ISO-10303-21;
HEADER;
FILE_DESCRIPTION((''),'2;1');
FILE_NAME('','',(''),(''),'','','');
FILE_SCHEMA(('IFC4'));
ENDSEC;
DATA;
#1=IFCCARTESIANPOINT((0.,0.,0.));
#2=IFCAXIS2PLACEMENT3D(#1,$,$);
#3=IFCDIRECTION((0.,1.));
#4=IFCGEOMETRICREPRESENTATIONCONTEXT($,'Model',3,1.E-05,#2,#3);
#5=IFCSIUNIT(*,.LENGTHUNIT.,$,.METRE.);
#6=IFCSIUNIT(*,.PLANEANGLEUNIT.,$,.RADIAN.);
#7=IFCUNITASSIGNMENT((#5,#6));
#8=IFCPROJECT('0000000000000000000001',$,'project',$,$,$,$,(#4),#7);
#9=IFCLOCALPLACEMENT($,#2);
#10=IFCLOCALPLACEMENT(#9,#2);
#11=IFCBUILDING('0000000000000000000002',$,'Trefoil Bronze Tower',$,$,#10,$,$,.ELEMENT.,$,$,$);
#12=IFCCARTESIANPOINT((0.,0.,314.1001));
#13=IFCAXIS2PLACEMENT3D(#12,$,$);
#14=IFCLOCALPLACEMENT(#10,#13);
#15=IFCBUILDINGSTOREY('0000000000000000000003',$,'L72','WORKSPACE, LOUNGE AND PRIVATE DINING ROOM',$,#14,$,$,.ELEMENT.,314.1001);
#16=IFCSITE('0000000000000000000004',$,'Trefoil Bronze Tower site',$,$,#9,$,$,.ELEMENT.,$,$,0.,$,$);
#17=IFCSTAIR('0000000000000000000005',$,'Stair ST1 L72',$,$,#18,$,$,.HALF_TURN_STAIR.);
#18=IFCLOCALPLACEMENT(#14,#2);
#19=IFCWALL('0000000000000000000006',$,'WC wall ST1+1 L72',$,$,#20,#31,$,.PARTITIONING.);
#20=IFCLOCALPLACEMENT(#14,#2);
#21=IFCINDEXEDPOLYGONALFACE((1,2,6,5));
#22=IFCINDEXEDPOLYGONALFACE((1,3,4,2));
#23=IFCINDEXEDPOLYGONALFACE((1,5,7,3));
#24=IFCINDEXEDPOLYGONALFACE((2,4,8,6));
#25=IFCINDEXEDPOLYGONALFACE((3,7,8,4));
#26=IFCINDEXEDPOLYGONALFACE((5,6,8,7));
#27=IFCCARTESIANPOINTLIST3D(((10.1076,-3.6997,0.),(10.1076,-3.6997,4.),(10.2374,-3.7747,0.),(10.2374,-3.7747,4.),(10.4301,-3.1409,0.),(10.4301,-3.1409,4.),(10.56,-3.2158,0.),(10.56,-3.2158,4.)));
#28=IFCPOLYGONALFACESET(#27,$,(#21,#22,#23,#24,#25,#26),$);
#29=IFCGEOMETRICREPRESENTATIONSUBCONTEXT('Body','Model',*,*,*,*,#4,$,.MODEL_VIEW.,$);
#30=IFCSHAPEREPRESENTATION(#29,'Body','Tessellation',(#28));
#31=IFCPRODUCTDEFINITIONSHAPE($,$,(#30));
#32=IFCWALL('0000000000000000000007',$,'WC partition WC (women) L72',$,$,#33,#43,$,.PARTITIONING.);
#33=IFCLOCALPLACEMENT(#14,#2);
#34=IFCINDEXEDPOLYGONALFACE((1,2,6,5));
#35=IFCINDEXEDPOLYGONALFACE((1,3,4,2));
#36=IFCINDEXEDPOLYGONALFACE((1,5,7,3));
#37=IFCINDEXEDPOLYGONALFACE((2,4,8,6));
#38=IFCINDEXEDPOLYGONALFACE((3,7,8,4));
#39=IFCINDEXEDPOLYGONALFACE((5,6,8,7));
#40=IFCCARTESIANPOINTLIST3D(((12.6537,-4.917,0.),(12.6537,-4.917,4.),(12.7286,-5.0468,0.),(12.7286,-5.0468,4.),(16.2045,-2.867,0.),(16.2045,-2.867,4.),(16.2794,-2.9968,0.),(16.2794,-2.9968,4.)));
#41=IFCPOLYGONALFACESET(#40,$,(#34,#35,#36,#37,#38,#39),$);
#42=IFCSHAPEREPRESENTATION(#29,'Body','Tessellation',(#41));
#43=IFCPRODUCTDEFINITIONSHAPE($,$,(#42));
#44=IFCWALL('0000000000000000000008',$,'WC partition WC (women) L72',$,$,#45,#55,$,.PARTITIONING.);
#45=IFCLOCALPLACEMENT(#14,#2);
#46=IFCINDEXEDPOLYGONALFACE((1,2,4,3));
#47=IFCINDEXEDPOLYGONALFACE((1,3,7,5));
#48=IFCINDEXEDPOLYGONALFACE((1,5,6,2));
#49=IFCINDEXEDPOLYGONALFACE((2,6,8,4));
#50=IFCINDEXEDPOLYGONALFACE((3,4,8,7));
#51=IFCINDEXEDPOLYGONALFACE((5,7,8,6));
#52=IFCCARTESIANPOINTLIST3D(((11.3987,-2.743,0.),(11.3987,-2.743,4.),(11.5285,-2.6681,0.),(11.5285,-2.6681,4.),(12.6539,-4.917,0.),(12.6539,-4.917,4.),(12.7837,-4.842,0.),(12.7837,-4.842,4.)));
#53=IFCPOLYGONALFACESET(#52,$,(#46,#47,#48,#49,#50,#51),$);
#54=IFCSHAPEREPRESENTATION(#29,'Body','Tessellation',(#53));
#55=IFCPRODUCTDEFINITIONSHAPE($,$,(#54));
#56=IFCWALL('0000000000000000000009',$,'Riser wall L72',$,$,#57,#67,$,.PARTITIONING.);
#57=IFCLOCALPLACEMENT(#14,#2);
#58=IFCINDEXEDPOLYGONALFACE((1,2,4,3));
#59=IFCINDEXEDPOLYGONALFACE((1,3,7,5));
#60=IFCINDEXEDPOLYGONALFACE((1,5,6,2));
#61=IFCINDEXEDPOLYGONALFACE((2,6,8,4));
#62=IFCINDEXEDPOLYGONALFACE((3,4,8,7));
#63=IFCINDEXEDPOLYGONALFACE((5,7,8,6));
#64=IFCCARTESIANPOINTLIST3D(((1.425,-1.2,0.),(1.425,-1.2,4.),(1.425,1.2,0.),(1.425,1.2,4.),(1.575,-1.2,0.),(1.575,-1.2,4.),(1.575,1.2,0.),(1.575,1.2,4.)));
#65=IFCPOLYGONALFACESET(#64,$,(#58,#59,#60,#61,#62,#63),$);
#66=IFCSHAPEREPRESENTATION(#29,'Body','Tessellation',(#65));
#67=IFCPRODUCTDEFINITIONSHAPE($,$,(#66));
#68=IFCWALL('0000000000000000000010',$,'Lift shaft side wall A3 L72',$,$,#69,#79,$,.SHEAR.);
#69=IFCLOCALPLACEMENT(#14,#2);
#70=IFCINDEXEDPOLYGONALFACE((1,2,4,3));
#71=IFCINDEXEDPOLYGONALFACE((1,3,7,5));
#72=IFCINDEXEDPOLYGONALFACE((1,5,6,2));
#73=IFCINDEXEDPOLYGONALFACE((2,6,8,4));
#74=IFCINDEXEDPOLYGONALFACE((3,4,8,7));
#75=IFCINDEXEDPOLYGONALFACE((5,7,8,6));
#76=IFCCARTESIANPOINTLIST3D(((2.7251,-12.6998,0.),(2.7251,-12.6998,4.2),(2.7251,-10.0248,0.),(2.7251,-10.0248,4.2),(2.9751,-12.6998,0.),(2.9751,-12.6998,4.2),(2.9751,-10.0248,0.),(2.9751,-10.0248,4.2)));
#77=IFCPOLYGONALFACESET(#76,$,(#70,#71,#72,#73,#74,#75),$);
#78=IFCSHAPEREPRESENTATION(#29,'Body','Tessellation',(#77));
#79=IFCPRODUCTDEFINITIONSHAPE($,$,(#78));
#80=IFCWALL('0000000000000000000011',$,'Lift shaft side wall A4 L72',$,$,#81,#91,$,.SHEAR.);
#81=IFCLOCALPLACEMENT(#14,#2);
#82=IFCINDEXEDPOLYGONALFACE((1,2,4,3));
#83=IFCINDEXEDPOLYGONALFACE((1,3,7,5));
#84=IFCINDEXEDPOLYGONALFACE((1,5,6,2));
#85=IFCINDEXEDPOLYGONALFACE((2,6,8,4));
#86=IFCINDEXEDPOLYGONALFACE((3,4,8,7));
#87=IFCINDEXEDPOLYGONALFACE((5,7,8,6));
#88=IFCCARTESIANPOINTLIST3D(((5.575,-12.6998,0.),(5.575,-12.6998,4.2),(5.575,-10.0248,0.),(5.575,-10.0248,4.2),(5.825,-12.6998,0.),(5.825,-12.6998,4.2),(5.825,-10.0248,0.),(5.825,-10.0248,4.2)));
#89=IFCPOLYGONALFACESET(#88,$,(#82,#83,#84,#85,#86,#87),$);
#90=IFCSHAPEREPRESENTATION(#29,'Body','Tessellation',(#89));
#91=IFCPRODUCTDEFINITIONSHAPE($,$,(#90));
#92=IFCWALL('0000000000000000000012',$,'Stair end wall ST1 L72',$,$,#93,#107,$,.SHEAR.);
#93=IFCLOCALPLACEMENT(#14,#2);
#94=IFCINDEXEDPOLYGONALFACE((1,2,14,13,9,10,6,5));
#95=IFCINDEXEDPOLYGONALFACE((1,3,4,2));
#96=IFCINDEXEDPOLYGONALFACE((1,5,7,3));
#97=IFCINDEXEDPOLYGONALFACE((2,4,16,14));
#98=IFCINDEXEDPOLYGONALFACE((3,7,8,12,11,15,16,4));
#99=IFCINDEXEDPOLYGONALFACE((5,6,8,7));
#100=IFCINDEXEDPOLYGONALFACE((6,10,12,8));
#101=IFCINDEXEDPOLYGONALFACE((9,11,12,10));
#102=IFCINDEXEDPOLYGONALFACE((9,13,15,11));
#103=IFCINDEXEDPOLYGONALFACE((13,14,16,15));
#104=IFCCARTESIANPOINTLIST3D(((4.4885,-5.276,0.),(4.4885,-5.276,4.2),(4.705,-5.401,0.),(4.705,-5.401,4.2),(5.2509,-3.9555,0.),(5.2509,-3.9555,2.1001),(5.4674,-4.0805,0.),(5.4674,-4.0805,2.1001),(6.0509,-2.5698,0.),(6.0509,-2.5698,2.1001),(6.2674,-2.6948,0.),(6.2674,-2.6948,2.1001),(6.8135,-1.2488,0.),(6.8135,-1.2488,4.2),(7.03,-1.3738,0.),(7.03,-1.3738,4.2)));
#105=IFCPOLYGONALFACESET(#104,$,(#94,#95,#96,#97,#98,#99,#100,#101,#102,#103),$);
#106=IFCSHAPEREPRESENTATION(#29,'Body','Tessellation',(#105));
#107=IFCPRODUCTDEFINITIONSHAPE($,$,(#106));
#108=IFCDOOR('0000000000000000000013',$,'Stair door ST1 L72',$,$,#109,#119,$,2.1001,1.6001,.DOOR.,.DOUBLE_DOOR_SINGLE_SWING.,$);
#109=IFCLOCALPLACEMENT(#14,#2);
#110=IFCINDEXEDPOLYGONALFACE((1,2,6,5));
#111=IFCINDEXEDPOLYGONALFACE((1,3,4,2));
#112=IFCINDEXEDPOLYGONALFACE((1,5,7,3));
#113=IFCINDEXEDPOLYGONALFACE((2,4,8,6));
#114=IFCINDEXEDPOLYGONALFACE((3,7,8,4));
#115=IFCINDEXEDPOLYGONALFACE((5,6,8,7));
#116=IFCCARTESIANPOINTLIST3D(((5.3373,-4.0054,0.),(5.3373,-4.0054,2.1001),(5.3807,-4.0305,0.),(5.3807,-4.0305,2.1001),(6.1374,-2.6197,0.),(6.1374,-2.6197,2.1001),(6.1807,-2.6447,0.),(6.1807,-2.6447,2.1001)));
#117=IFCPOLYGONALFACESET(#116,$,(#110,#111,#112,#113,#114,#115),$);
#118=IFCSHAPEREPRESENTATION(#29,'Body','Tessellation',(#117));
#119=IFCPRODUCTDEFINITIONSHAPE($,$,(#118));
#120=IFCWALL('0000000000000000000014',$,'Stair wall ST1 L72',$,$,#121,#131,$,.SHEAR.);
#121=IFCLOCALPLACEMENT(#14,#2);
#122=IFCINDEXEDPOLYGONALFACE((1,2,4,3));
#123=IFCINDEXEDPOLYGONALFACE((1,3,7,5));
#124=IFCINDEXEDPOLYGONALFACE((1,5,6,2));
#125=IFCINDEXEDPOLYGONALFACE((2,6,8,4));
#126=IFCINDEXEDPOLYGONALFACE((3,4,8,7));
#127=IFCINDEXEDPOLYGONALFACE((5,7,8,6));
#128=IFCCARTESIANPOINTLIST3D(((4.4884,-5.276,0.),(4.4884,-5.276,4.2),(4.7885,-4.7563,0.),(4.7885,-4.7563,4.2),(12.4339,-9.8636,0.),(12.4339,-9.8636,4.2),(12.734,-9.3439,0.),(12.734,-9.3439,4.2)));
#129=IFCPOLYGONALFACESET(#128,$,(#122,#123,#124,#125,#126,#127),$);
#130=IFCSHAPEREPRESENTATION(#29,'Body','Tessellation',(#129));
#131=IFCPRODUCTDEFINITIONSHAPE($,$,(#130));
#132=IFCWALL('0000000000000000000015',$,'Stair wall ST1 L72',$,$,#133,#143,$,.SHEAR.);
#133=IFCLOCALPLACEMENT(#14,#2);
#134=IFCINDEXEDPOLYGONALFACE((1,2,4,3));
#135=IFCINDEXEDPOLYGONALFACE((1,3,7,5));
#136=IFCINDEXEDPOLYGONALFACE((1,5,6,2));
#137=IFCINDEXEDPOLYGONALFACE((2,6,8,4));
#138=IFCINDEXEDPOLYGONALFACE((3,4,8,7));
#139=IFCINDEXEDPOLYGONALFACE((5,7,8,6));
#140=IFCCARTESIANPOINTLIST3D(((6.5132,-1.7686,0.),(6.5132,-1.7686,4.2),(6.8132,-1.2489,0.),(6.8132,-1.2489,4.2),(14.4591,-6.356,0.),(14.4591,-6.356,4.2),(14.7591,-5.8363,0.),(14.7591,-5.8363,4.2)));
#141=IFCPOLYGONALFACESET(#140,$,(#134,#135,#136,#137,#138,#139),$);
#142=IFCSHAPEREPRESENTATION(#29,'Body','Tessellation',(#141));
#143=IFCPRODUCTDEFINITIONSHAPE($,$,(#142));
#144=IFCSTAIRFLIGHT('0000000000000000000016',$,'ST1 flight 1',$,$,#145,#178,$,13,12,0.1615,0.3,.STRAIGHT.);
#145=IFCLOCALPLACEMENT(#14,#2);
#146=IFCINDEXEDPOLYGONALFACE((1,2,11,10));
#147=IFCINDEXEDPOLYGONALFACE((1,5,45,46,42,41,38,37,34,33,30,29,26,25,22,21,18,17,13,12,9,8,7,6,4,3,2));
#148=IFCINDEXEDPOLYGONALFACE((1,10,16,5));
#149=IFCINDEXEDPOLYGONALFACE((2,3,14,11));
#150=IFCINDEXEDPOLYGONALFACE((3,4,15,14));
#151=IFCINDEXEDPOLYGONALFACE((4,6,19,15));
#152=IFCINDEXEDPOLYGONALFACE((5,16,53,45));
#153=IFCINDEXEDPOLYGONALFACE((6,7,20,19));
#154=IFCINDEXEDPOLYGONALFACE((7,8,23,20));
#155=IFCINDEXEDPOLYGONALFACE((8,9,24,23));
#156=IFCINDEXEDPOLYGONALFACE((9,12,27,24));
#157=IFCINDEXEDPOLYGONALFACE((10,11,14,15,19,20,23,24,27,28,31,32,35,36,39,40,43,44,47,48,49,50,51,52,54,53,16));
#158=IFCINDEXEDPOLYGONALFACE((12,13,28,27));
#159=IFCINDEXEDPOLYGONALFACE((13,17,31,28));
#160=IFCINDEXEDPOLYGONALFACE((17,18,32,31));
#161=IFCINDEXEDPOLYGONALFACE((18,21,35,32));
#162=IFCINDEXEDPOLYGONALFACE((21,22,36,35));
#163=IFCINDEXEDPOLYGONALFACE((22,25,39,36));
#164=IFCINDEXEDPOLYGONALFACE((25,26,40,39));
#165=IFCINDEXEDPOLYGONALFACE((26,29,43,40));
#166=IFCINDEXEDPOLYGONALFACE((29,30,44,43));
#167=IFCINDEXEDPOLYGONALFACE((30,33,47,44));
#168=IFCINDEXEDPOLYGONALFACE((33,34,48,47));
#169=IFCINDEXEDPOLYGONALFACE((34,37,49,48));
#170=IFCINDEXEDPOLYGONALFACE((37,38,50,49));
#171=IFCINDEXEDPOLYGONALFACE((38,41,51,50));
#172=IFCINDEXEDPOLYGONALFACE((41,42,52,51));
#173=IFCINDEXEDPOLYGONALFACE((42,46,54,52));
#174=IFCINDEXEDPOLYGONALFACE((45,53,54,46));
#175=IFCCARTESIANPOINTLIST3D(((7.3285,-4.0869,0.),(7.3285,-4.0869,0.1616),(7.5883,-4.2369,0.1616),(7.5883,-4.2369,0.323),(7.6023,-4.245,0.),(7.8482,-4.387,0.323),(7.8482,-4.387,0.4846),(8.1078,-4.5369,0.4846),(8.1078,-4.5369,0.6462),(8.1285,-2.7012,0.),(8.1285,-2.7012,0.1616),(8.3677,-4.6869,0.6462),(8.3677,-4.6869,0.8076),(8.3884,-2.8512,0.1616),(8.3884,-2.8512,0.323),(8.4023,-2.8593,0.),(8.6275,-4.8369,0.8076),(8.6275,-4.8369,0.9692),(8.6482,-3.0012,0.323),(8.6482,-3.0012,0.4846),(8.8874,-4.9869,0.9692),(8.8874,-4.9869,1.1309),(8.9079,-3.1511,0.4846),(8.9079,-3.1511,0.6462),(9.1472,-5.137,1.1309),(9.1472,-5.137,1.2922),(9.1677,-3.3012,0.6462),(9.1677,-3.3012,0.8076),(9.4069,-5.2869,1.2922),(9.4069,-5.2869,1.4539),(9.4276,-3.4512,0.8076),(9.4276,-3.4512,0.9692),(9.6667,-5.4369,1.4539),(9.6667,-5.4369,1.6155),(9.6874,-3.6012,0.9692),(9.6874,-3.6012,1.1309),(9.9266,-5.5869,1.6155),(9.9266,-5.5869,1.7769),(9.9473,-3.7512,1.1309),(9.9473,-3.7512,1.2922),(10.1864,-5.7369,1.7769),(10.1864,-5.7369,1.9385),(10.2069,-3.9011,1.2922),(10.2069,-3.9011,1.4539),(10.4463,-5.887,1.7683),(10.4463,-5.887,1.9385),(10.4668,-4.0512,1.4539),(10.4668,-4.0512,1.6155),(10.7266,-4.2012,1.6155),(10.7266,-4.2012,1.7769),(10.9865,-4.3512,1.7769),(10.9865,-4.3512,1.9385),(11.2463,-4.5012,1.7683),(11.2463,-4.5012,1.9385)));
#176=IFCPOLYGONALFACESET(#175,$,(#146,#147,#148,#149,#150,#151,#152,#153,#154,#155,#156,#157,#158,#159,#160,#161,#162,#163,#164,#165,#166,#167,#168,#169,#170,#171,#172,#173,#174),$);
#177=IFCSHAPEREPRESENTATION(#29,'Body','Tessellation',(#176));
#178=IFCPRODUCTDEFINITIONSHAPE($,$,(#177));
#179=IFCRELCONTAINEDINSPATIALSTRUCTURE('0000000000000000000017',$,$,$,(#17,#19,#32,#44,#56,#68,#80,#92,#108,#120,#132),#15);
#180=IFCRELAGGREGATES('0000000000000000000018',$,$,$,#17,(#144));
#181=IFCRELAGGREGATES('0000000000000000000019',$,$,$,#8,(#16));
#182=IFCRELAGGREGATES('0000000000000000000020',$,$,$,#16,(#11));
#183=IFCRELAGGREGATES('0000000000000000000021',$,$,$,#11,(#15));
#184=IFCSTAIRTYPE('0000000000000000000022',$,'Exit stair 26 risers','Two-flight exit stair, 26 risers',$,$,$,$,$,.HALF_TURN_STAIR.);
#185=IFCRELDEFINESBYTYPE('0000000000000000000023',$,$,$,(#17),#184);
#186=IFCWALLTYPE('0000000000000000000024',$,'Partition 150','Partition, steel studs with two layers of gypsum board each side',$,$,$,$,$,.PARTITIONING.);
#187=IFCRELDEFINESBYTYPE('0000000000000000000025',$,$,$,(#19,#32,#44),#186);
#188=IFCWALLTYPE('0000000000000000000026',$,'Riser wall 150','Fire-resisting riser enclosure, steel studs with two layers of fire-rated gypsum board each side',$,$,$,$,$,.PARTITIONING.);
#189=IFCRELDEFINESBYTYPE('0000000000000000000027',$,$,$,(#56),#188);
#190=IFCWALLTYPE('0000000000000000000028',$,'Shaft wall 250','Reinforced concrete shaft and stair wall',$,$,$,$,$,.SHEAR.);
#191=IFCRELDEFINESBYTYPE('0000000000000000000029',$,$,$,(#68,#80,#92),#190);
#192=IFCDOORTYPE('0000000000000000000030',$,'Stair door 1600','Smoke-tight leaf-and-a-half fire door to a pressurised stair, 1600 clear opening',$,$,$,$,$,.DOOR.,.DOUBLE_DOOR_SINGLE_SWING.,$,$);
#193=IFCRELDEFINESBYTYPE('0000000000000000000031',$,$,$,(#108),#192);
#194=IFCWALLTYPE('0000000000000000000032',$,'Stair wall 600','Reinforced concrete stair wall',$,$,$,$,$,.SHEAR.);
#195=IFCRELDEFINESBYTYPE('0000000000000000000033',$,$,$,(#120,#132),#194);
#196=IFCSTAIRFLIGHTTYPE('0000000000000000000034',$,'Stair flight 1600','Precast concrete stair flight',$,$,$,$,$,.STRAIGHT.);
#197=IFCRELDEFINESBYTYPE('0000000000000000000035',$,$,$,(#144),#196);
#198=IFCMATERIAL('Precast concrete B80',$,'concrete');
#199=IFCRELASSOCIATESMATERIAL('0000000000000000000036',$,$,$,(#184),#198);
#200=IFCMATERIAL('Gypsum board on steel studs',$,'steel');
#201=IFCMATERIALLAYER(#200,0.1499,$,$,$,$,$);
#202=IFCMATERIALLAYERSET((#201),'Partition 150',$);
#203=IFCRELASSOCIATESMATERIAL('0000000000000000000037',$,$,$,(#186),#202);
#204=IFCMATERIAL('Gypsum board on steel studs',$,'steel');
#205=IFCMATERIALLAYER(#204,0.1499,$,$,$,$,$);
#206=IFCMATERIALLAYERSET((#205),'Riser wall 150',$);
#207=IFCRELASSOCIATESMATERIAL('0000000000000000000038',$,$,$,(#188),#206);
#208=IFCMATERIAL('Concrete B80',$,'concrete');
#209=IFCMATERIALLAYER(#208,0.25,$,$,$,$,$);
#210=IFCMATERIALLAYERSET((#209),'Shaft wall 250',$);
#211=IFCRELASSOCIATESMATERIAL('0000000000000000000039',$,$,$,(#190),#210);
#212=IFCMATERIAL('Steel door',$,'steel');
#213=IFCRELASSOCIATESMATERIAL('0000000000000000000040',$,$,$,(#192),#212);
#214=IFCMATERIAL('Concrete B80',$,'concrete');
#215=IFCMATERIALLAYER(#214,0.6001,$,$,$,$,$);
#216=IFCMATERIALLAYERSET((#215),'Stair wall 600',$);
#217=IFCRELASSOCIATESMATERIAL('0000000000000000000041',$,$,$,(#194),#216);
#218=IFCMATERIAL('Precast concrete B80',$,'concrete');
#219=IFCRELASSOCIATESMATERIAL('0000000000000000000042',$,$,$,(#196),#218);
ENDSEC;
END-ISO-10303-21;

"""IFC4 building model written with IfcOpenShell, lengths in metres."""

from ifc_helpers import new_model, si_unit, direction, frame, frame_2d, origin, place, context, subcontext, project, spatial, polyline, rectangle, outline, extrude, material, layer, layer_set, type_object, element, fill, aggregate, save


model = new_model("IFC4")

# Units and contexts
model_context = context("Model", 3, precision=1e-05, world=origin(), true_north=direction((0.0, 1.0)))
body_context = subcontext(model_context, "Body", "Model", "MODEL_VIEW")
ifc_project = project(units=[si_unit("LENGTHUNIT", "METRE"), si_unit("PLANEANGLEUNIT", "RADIAN")], contexts=[model_context])

# Site, building, storey
site_placement = place(None, origin())
site = spatial("IfcSite", under=ifc_project, at=site_placement, Name="Trefoil Bronze Tower site", CompositionType="ELEMENT", RefElevation=0.0)
building_placement = place(site_placement, origin())
building = spatial("IfcBuilding", under=site, at=building_placement, Name="Trefoil Bronze Tower", CompositionType="ELEMENT")
storey_placement = place(building_placement, frame((0.0, 0.0, 314.1001)))
storey = spatial("IfcBuildingStorey", under=building, at=storey_placement, Name="L72", Description="WORKSPACE, LOUNGE AND PRIVATE DINING ROOM", CompositionType="ELEMENT", Elevation=314.1001)

# Stair
ifc_material_1 = material(Name="Precast concrete B80", Category="concrete")
stair_type = type_object("IfcStairType", Name="Exit stair 26 risers", Description="Two-flight exit stair, 26 risers", PredefinedType="HALF_TURN_STAIR", material=ifc_material_1)
stair_1_placement = place(storey_placement, origin())
stair_1 = element("IfcStair", 1, at=stair_1_placement, inside=storey, type_object=stair_type, Name="Stair ST1 L72", PredefinedType="HALF_TURN_STAIR")

# Shared definitions
ifc_material_2 = material(Name="Gypsum board on steel studs", Category="steel")
ifc_layer_1 = layer(ifc_material_2, 0.1499)
ifc_layer_set_1 = layer_set([ifc_layer_1], Name="Partition 150")
wall_type_1 = type_object("IfcWallType", Name="Partition 150", Description="Partition, steel studs with two layers of gypsum board each side", PredefinedType="PARTITIONING", material=ifc_layer_set_1)

# Walls
for number, where, z_axis, x_axis, name in (
    (2, (10.4951, -3.1782, 0.0), (0.0, 0.0, 1.0), (-0.499843, -0.866116, 0.0), "WC wall ST1+1 L72"),
):
    element("IfcWall", number, at=place(storey_placement, frame(where, z_axis=z_axis, x_axis=x_axis)), inside=storey, type_object=wall_type_1, Name=name, PredefinedType="PARTITIONING", context=body_context, shape_type="SweptSolid", body=[
        extrude(rectangle(XDim=0.6453, YDim=0.1499, at=frame_2d((0.3228, 0.0))), origin(), (0.0, 0.0, 1.0), 4.0),
    ])
wall_1_placement = place(storey_placement, frame((12.6912, -4.9819, 0.0), z_axis=(0.0, 0.0, 1.0), x_axis=(0.866025, 0.500001, 0.0)))
element("IfcWall", 3, at=wall_1_placement, inside=storey, type_object=wall_type_1, Name="WC partition WC (women) L72", PredefinedType="PARTITIONING", context=body_context, shape_type="SweptSolid", body=[
    extrude(rectangle(XDim=4.1001, YDim=0.1499, at=frame_2d((2.05, 0.0))), origin(), (0.0, 0.0, 1.0), 4.0),
])
wall_2_placement = place(storey_placement, frame((11.4636, -2.7056, 0.0), z_axis=(0.0, 0.0, 1.0), x_axis=(0.50002, -0.866014, 0.0)))
element("IfcWall", 4, at=wall_2_placement, inside=storey, type_object=wall_type_1, Name="WC partition WC (women) L72", PredefinedType="PARTITIONING", context=body_context, shape_type="SweptSolid", body=[
    extrude(rectangle(XDim=2.5103, YDim=0.1499, at=frame_2d((1.2551, 0.0))), origin(), (0.0, 0.0, 1.0), 4.0),
])
ifc_material_3 = material(Name="Gypsum board on steel studs", Category="steel")
ifc_layer_2 = layer(ifc_material_3, 0.1499)
ifc_layer_set_2 = layer_set([ifc_layer_2], Name="Riser wall 150")
wall_type_2 = type_object("IfcWallType", Name="Riser wall 150", Description="Fire-resisting riser enclosure, steel studs with two layers of fire-rated gypsum board each side", PredefinedType="PARTITIONING", material=ifc_layer_set_2)
wall_3_placement = place(storey_placement, frame((1.5, -1.2, 0.0), z_axis=(0.0, 0.0, 1.0), x_axis=(0.0, 1.0, 0.0)))
element("IfcWall", 5, at=wall_3_placement, inside=storey, type_object=wall_type_2, Name="Riser wall L72", PredefinedType="PARTITIONING", context=body_context, shape_type="SweptSolid", body=[
    extrude(rectangle(XDim=2.3999, YDim=0.1499, at=frame_2d((1.2, 0.0))), origin(), (0.0, 0.0, 1.0), 4.0),
])
ifc_material_4 = material(Name="Concrete B80", Category="concrete")
ifc_layer_3 = layer(ifc_material_4, 0.25)
ifc_layer_set_3 = layer_set([ifc_layer_3], Name="Shaft wall 250")
wall_type_3 = type_object("IfcWallType", Name="Shaft wall 250", Description="Reinforced concrete shaft and stair wall", PredefinedType="SHEAR", material=ifc_layer_set_3)
for number, where, z_axis, x_axis, name in (
    (6, (2.8501, -10.0249, 0.0), (0.0, 0.0, 1.0), (0.0, -1.0, 0.0), "Lift shaft side wall A3 L72"),
    (7, (5.7, -10.0249, 0.0), (0.0, 0.0, 1.0), (0.0, -1.0, 0.0), "Lift shaft side wall A4 L72"),
):
    element("IfcWall", number, at=place(storey_placement, frame(where, z_axis=z_axis, x_axis=x_axis)), inside=storey, type_object=wall_type_3, Name=name, PredefinedType="SHEAR", context=body_context, shape_type="SweptSolid", body=[
        extrude(rectangle(XDim=2.675, YDim=0.25, at=frame_2d((1.3374, 0.0))), origin(), (0.0, 0.0, 1.0), 4.2),
    ])

# Wall, opening, door
wall_4_placement = place(storey_placement, frame((4.5967, -5.3386, 0.0), z_axis=(0.0, 0.0, 1.0), x_axis=(0.499985, 0.866034, 0.0)))
wall_4 = element("IfcWall", 8, at=wall_4_placement, inside=storey, type_object=wall_type_3, Name="Stair end wall ST1 L72", PredefinedType="SHEAR", context=body_context, shape_type="SweptSolid", body=[
    extrude(rectangle(XDim=4.6501, YDim=0.25, at=frame_2d((2.3252, 0.0))), origin(), (0.0, 0.0, 1.0), 4.2),
])
opening_1_placement = place(wall_4_placement, frame((1.5249, 0.0, 0.0)))
opening_1 = element("IfcOpeningElement", 9, at=opening_1_placement, cuts=wall_4, PredefinedType="OPENING", context=body_context, shape_type="SweptSolid", body=[
    extrude(rectangle(XDim=1.6001, YDim=2.1001, at=frame_2d((0.8, 1.05))), frame((0.0, 0.135, 0.0), z_axis=(0.0, -1.0, 0.0), x_axis=(1.0, 0.0, 0.0)), (0.0, 0.0, 1.0), 0.27),
])
ifc_material_5 = material(Name="Steel door", Category="steel")
door_type_1 = type_object("IfcDoorType", Name="Stair door 1600", Description="Smoke-tight leaf-and-a-half fire door to a pressurised stair, 1600 clear opening", OperationType="DOUBLE_DOOR_SINGLE_SWING", PredefinedType="DOOR", material=ifc_material_5)
door_1_placement = place(opening_1_placement, frame((1.6001, 0.0, 0.0), z_axis=(0.0, 0.0, 1.0), x_axis=(-1.0, 0.0, 0.0)))
door_1 = element("IfcDoor", 10, at=door_1_placement, inside=storey, type_object=door_type_1, Name="Stair door ST1 L72", OperationType="DOUBLE_DOOR_SINGLE_SWING", OverallHeight=2.1001, OverallWidth=1.6001, PredefinedType="DOOR", context=body_context, shape_type="SweptSolid", body=[
    extrude(rectangle(XDim=1.6001, YDim=2.1001, at=frame_2d((0.8, 1.05))), frame((0.0, 0.0249, 0.0), z_axis=(0.0, -1.0, 0.0), x_axis=(1.0, 0.0, 0.0)), (0.0, 0.0, 1.0), 0.05),
])
fill(opening_1, door_1)

# Walls
ifc_material_6 = material(Name="Concrete B80", Category="concrete")
ifc_layer_4 = layer(ifc_material_6, 0.6001)
ifc_layer_set_4 = layer_set([ifc_layer_4], Name="Stair wall 600")
wall_type_4 = type_object("IfcWallType", Name="Stair wall 600", Description="Reinforced concrete stair wall", PredefinedType="SHEAR", material=ifc_layer_set_4)
wall_5_placement = place(storey_placement, frame((4.6384, -5.0161, 0.0), z_axis=(0.0, 0.0, 1.0), x_axis=(0.866012, -0.500023, 0.0)))
element("IfcWall", 11, at=wall_5_placement, inside=storey, type_object=wall_type_4, Name="Stair wall ST1 L72", PredefinedType="SHEAR", context=body_context, shape_type="SweptSolid", body=[
    extrude(rectangle(XDim=9.1748, YDim=0.6001, at=frame_2d((4.5874, 0.0))), origin(), (0.0, 0.0, 1.0), 4.2),
])
wall_6_placement = place(storey_placement, frame((6.6633, -1.5088, 0.0), z_axis=(0.0, 0.0, 1.0), x_axis=(0.86603, -0.499991, 0.0)))
element("IfcWall", 12, at=wall_6_placement, inside=storey, type_object=wall_type_4, Name="Stair wall ST1 L72", PredefinedType="SHEAR", context=body_context, shape_type="SweptSolid", body=[
    extrude(rectangle(XDim=9.175, YDim=0.6001, at=frame_2d((4.5874, 0.0))), origin(), (0.0, 0.0, 1.0), 4.2),
])

# Stair flight
ifc_material_7 = material(Name="Precast concrete B80", Category="concrete")
stair_flight_type = type_object("IfcStairFlightType", Name="Stair flight 1600", Description="Precast concrete stair flight", PredefinedType="STRAIGHT", material=ifc_material_7)
stair_flight_1_placement = place(storey_placement, frame((7.7285, -3.394, 0.0), z_axis=(0.0, 0.0, 1.0), x_axis=(0.866025, -0.5, 0.0)))
stair_flight_1 = element("IfcStairFlight", 13, at=stair_flight_1_placement, type_object=stair_flight_type, Name="ST1 flight 1", NumberOfRisers=13, NumberOfTreads=12, PredefinedType="STRAIGHT", RiserHeight=0.1615, TreadLength=0.3, context=body_context, shape_type="SweptSolid", body=[
    extrude(outline(polyline([(0.0, 0.0), (0.0, 0.1616), (0.3, 0.1616), (0.3, 0.323), (0.6001, 0.323), (0.6001, 0.4846), (0.8999, 0.4846), (0.8999, 0.6462), (1.2, 0.6462), (1.2, 0.8076), (1.5, 0.8076), (1.5, 0.9692), (1.8, 0.9692), (1.8, 1.1309), (2.1001, 1.1309), (2.1001, 1.2922), (2.3999, 1.2922), (2.3999, 1.4539), (2.7, 1.4539), (2.7, 1.6155), (3.0, 1.6155), (3.0, 1.7769), (3.3, 1.7769), (3.3, 1.9385), (3.6001, 1.9385), (3.6001, 2.1001), (3.6001, 1.7683), (0.3162, 0.0), (0.0, 0.0)])), frame((0.0, 0.8, 0.0), z_axis=(0.0, -1.0, 0.0), x_axis=(1.0, 0.0, 0.0)), (0.0, 0.0, 1.0), 1.6001),
])
aggregate(stair_1, [stair_flight_1])

save(model, "model.ifc")
